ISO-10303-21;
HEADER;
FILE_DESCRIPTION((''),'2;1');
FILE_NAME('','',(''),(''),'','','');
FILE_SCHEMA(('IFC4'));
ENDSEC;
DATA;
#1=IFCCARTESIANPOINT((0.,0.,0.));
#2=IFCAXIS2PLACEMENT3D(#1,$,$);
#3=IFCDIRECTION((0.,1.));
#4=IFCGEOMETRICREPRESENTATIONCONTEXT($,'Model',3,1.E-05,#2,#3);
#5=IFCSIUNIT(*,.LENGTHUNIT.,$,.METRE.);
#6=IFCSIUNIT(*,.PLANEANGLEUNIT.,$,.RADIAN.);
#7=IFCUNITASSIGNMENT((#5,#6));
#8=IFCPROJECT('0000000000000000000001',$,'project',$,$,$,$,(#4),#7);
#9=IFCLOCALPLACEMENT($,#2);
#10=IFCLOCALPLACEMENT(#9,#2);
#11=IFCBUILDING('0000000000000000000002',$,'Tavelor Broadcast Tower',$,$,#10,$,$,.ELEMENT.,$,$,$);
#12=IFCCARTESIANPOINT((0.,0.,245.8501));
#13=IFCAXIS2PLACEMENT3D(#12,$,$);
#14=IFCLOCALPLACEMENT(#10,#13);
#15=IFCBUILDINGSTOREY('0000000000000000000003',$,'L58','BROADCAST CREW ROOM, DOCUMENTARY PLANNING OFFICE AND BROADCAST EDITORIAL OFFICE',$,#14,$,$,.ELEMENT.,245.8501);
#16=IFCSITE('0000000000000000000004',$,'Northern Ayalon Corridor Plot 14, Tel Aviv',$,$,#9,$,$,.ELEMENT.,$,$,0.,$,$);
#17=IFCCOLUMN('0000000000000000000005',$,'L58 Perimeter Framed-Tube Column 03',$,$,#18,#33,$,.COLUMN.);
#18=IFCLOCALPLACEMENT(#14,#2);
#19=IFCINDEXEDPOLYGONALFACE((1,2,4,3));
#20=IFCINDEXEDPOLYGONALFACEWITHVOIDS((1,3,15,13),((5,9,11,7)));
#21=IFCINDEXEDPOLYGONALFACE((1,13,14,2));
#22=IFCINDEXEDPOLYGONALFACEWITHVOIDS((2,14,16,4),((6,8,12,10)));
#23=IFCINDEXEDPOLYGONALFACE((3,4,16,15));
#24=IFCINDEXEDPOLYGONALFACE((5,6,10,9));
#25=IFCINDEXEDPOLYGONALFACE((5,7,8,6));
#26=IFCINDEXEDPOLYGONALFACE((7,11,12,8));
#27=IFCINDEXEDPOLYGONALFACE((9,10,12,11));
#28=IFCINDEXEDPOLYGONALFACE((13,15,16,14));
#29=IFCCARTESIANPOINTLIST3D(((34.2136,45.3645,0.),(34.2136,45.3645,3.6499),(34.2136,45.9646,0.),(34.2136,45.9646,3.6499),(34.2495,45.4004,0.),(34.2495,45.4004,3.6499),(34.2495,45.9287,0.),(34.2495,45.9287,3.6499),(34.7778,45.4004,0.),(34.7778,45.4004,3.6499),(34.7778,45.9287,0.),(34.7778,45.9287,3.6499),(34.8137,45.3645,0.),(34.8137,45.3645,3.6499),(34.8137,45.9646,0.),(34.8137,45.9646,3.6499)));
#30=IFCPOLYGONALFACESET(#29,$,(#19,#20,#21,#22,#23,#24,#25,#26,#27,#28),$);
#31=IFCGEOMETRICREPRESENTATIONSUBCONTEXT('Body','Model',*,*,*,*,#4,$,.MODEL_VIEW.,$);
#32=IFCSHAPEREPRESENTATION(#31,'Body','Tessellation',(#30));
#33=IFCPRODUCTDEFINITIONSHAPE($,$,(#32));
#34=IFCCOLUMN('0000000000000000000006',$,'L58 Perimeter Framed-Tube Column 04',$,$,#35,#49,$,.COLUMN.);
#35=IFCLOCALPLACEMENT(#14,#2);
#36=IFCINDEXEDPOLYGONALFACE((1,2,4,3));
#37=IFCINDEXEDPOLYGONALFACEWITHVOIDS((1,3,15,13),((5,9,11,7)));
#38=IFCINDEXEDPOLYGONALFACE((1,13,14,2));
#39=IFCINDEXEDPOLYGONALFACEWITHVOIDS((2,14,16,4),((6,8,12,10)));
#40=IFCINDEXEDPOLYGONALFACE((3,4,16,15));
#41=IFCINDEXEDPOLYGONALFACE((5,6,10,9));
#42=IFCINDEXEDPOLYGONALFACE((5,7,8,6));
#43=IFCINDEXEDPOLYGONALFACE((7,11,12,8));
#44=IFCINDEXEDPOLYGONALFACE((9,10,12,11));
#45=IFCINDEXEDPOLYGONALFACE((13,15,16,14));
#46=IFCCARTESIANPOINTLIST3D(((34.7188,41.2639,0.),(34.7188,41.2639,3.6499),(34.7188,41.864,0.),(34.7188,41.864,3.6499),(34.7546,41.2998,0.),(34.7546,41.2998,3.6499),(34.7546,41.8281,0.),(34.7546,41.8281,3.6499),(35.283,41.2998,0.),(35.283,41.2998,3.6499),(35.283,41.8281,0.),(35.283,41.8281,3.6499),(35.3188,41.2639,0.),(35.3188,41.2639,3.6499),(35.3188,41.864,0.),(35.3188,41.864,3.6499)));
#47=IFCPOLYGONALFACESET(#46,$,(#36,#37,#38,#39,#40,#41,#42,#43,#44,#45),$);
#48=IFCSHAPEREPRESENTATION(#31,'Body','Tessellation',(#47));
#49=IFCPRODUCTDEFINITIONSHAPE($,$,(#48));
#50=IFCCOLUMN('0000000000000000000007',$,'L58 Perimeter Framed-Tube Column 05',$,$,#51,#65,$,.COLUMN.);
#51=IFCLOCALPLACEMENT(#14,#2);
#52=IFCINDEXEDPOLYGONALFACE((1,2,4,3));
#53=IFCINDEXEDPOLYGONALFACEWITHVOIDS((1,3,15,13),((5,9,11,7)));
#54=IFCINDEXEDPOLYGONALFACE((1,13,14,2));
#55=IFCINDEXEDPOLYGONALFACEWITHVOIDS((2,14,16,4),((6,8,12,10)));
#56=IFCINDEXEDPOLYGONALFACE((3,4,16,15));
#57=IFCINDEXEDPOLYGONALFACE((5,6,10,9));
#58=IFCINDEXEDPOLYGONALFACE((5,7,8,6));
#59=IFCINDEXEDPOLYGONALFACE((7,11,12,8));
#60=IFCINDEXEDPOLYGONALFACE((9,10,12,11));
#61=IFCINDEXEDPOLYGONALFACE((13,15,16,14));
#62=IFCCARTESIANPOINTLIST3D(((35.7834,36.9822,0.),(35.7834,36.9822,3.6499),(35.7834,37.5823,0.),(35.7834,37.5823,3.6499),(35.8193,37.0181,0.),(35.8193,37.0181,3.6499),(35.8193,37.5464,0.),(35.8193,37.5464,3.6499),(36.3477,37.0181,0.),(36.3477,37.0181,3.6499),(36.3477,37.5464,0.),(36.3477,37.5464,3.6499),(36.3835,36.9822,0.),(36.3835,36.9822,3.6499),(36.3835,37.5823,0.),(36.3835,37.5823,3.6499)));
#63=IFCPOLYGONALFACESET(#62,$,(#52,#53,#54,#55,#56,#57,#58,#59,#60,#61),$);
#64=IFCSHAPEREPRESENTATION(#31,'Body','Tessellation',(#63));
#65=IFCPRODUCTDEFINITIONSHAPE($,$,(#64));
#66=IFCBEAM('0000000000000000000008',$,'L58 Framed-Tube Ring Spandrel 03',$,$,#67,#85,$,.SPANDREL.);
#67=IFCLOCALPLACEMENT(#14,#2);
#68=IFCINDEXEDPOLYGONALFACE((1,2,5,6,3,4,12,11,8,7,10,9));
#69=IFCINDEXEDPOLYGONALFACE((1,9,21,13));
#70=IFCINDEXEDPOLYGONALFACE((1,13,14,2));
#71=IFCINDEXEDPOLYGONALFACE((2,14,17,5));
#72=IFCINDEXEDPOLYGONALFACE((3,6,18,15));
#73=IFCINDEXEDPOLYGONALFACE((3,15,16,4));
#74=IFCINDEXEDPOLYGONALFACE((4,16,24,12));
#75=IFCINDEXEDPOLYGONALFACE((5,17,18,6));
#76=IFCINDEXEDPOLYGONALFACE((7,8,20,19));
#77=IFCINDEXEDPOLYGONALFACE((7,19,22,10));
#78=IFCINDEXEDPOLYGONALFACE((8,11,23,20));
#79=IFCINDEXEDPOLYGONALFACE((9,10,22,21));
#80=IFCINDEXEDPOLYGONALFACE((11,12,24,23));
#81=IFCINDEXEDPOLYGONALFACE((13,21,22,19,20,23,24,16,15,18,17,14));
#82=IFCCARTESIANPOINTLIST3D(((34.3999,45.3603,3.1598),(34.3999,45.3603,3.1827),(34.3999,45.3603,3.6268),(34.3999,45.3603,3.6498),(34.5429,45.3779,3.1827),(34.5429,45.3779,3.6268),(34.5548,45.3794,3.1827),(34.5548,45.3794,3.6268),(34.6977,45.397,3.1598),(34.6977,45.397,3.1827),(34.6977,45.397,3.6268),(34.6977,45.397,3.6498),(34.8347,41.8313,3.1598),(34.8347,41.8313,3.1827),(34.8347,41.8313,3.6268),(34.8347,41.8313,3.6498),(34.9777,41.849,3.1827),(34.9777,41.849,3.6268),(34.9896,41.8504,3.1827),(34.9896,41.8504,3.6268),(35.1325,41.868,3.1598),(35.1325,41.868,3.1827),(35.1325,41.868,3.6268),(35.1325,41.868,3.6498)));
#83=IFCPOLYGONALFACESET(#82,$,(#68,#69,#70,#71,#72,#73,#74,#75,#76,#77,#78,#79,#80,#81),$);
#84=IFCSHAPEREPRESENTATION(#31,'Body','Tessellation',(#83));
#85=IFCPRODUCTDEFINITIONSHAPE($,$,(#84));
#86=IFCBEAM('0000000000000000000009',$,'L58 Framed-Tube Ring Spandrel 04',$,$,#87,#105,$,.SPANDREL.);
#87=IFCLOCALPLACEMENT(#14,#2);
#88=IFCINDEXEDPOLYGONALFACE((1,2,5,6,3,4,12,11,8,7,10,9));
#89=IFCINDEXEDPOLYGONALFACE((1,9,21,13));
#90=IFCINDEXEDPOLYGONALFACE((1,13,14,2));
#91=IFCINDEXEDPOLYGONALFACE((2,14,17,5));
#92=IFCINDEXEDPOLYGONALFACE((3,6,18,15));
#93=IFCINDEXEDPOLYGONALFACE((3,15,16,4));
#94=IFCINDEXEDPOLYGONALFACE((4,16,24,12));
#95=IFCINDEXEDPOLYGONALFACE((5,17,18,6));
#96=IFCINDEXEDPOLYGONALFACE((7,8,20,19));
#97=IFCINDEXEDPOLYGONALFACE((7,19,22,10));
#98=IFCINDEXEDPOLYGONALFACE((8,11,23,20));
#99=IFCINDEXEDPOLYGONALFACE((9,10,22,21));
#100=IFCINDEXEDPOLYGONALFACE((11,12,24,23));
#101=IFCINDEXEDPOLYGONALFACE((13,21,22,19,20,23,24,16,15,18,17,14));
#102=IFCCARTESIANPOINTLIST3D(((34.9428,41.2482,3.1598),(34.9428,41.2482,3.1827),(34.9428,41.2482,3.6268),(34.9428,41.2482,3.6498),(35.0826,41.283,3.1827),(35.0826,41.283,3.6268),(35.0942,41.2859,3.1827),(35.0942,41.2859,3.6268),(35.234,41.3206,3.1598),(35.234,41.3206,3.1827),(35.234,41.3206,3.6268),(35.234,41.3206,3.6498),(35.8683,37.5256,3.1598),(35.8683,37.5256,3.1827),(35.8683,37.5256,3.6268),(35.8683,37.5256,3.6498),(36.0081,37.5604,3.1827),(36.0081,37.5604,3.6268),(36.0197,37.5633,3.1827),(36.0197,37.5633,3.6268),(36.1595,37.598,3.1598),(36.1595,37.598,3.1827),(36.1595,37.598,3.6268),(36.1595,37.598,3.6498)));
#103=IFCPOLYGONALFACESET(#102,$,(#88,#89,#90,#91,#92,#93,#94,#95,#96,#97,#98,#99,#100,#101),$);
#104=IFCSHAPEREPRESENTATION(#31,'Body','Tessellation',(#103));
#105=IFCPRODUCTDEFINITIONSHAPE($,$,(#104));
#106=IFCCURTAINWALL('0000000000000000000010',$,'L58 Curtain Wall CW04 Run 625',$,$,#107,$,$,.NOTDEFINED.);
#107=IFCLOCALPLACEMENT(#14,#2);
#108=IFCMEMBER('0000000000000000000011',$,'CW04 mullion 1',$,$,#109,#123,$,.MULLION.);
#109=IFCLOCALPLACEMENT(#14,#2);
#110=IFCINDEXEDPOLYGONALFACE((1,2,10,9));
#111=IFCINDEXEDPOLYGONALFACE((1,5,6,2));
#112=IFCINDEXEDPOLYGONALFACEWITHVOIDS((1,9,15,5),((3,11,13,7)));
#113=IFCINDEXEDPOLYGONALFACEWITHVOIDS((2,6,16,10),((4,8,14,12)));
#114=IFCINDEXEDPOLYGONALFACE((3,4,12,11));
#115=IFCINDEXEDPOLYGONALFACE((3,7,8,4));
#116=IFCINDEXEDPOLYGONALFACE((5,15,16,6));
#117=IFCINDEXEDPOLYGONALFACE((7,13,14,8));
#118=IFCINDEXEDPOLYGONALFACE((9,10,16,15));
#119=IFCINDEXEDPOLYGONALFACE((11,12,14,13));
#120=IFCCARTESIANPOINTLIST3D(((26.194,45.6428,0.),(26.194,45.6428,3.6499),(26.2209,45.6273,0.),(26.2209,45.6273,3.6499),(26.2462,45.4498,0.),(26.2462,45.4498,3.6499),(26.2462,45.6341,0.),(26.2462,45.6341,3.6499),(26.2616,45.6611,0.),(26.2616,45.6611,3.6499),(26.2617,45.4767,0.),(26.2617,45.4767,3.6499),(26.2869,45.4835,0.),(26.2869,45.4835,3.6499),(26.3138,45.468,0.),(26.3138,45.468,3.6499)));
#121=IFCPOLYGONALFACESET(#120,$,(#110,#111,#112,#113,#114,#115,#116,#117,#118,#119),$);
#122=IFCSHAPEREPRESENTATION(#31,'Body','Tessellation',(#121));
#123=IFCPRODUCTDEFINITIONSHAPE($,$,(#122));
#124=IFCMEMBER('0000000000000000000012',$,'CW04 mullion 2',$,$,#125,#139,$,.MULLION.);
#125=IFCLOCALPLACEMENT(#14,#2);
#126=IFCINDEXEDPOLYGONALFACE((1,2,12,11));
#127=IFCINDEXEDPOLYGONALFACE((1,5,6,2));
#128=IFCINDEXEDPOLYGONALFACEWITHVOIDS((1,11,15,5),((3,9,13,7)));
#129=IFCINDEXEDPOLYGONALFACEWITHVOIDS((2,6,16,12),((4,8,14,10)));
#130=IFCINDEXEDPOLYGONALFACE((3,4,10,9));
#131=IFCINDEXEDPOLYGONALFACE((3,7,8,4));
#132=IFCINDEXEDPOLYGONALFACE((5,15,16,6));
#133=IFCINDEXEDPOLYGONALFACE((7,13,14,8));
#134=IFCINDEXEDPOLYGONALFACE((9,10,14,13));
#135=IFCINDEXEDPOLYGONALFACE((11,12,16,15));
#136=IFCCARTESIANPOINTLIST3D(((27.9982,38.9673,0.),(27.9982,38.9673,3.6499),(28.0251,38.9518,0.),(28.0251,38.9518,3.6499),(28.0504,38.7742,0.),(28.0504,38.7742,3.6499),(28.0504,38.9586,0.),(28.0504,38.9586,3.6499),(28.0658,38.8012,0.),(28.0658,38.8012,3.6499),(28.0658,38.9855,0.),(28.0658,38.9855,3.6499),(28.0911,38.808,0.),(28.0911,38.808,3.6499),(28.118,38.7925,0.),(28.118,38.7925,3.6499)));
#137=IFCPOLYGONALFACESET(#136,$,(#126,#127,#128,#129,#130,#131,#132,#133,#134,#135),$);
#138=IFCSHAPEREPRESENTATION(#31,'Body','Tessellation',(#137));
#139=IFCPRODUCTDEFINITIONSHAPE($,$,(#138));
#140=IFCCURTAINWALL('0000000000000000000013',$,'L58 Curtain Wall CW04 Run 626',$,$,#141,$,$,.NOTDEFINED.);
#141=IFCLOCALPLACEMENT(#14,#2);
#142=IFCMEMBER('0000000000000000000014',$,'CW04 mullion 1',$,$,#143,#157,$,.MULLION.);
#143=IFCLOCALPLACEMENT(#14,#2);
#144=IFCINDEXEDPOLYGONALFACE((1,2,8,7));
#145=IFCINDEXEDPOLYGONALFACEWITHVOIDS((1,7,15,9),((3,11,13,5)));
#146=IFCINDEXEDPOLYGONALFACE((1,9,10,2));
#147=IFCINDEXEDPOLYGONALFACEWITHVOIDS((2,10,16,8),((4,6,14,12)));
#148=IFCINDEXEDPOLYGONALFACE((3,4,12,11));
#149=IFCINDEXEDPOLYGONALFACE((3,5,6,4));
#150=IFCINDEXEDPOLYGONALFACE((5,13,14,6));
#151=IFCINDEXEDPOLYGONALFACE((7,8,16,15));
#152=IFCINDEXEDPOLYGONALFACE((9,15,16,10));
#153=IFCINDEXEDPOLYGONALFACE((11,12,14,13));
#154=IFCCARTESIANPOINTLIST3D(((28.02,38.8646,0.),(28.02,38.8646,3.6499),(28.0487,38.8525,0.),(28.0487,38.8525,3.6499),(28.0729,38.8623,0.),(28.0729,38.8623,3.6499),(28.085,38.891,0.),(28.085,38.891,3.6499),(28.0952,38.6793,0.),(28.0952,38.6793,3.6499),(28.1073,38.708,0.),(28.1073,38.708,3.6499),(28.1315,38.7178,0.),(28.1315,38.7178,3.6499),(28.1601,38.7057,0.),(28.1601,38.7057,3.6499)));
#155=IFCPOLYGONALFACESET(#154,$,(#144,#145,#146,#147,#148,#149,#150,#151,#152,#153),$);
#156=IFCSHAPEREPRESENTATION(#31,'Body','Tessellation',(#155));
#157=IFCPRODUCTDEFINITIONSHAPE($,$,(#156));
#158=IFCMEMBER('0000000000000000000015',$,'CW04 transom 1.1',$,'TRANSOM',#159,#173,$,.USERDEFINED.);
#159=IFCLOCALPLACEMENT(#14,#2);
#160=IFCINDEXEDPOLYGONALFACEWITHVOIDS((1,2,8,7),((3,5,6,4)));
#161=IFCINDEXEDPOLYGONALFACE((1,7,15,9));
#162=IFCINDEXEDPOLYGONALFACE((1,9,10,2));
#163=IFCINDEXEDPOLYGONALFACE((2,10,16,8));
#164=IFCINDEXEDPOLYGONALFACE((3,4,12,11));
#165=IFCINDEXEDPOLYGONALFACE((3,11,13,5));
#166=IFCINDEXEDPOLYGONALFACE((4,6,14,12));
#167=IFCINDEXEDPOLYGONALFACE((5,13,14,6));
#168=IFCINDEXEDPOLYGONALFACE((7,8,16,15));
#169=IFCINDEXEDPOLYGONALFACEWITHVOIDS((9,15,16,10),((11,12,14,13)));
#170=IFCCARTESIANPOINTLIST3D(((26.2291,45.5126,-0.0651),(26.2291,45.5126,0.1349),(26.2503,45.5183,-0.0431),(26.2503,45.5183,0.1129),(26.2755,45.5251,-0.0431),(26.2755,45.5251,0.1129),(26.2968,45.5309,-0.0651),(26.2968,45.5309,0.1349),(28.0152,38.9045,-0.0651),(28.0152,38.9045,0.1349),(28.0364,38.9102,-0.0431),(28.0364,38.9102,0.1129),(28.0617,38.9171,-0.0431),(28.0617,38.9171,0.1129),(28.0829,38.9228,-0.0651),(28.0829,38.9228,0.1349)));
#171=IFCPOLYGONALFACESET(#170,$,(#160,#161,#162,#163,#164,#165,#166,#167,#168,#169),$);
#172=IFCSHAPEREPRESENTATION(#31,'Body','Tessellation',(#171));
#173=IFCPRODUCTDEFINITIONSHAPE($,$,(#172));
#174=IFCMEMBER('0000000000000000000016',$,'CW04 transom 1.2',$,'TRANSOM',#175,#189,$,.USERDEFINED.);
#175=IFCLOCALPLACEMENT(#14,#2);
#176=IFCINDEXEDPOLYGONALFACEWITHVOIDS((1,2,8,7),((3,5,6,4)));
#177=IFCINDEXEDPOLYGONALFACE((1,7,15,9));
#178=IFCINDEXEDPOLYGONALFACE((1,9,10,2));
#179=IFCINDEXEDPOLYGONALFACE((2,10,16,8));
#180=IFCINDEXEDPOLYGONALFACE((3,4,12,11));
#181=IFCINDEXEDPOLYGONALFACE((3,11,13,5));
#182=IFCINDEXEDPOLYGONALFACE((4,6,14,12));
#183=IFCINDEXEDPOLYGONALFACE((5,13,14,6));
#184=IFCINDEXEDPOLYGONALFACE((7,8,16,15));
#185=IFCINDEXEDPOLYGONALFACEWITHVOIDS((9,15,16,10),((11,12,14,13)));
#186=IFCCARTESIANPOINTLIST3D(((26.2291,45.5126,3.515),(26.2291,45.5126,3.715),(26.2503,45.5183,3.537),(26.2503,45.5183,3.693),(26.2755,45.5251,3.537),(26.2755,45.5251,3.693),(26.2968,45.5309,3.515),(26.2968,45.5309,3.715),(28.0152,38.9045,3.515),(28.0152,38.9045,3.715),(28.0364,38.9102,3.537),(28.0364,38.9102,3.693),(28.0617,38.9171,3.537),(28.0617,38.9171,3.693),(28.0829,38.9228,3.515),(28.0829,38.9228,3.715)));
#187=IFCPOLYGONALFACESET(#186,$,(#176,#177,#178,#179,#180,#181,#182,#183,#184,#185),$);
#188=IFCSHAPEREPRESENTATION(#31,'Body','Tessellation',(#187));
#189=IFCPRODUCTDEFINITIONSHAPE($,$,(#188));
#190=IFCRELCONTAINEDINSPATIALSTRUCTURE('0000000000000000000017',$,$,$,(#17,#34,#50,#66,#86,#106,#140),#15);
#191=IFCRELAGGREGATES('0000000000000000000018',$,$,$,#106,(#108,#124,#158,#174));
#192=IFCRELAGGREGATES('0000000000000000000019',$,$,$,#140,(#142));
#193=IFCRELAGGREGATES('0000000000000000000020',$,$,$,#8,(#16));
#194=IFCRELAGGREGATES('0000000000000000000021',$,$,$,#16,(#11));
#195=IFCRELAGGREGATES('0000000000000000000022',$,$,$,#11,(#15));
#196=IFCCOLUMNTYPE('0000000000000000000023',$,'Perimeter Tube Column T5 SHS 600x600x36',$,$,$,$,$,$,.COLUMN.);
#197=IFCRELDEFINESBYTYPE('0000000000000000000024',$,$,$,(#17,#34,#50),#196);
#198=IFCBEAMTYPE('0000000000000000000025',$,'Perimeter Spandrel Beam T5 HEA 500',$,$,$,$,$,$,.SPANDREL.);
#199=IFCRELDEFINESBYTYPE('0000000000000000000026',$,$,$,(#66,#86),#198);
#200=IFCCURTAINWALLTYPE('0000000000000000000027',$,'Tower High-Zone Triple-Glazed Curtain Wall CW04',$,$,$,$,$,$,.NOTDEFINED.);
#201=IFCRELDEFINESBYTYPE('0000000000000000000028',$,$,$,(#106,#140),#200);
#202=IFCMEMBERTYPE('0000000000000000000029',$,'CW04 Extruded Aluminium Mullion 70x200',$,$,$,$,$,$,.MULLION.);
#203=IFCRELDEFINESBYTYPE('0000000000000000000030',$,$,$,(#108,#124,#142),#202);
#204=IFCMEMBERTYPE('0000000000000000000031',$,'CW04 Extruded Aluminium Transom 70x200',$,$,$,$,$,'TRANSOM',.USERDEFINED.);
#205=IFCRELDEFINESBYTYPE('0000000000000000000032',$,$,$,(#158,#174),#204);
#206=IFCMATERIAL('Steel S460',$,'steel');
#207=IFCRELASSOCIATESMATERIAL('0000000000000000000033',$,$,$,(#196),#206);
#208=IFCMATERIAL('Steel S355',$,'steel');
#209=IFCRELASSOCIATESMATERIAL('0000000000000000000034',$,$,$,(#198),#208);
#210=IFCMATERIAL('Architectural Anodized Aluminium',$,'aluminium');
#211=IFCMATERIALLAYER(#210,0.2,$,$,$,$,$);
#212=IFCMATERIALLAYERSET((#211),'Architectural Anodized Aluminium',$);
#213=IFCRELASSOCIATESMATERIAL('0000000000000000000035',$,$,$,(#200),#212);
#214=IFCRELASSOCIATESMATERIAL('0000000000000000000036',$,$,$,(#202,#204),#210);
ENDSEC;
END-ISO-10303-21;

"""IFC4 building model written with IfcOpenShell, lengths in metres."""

from ifc_helpers import new_model, si_unit, direction, frame, origin, origin_2d, place, context, subcontext, project, spatial, hollow_rectangle, i_section, extrude, source, transform, mapped, material, layer, layer_set, material_profile, profile_set, type_object, type_shapes, element, aggregate, save


model = new_model("IFC4")

# Units and contexts
model_context = context("Model", 3, precision=1e-05, world=origin(), true_north=direction((0.0, 1.0)))
body_context = subcontext(model_context, "Body", "Model", "MODEL_VIEW")
ifc_project = project(units=[si_unit("LENGTHUNIT", "METRE"), si_unit("PLANEANGLEUNIT", "RADIAN")], contexts=[model_context])

# Site, building, storey
site_placement = place(None, origin())
site = spatial("IfcSite", under=ifc_project, at=site_placement, Name="Northern Ayalon Corridor Plot 14, Tel Aviv", CompositionType="ELEMENT", RefElevation=0.0)
building_placement = place(site_placement, origin())
building = spatial("IfcBuilding", under=site, at=building_placement, Name="Tavelor Broadcast Tower", CompositionType="ELEMENT")
storey_placement = place(building_placement, frame((0.0, 0.0, 245.8501)))
storey = spatial("IfcBuildingStorey", under=building, at=storey_placement, Name="L58", Description="BROADCAST CREW ROOM, DOCUMENTARY PLANNING OFFICE AND BROADCAST EDITORIAL OFFICE", CompositionType="ELEMENT", Elevation=245.8501)

# Columns
ifc_material_1 = material(Name="Steel S460", Category="steel")
ifc_material_profile_1 = material_profile(ifc_material_1, hollow_rectangle(XDim=0.6001, YDim=0.6001, WallThickness=0.0359, at=origin_2d()), Name="SHS 600x600x36")
ifc_profile_set_1 = profile_set([ifc_material_profile_1], Name="Steel S460")
column_type = type_object("IfcColumnType", Name="Perimeter Tube Column T5 SHS 600x600x36", PredefinedType="COLUMN", material=ifc_profile_set_1)
for number, where, z_axis, x_axis, name in (
    (1, (34.5137, 45.6646, 0.0), (0.0, 0.0, 1.0), (1.0, 0.0, 0.0), "L58 Perimeter Framed-Tube Column 03"),
    (2, (35.0188, 41.564, 0.0), (0.0, 0.0, 1.0), (1.0, 0.0, 0.0), "L58 Perimeter Framed-Tube Column 04"),
    (3, (36.0835, 37.2822, 0.0), (0.0, 0.0, 1.0), (1.0, 0.0, 0.0), "L58 Perimeter Framed-Tube Column 05"),
):
    element("IfcColumn", number, at=place(storey_placement, frame(where, z_axis=z_axis, x_axis=x_axis)), inside=storey, type_object=column_type, Name=name, PredefinedType="COLUMN", context=body_context, shape_type="SweptSolid", body=[
        extrude(hollow_rectangle(XDim=0.6001, YDim=0.6001, WallThickness=0.0359, at=origin_2d()), origin(), (0.0, 0.0, 1.0), 3.6499),
    ])

# Beams
ifc_material_2 = material(Name="Steel S355", Category="steel")
ifc_material_profile_2 = material_profile(ifc_material_2, i_section(OverallWidth=0.3, OverallDepth=0.49, WebThickness=0.012, FlangeThickness=0.0229, at=origin_2d()), Name="HEA 500")
ifc_profile_set_2 = profile_set([ifc_material_profile_2], Name="Steel S355")
beam_type = type_object("IfcBeamType", Name="Perimeter Spandrel Beam T5 HEA 500", PredefinedType="SPANDREL", material=ifc_profile_set_2)
beam_1_placement = place(storey_placement, frame((34.5488, 45.3787, 3.4048), z_axis=(0.122285, -0.992495, 0.0), x_axis=(0.992495, 0.122285, 0.0)))
element("IfcBeam", 4, at=beam_1_placement, inside=storey, type_object=beam_type, Name="L58 Framed-Tube Ring Spandrel 03", PredefinedType="SPANDREL", context=body_context, shape_type="SweptSolid", body=[
    extrude(i_section(OverallWidth=0.3, OverallDepth=0.49, WebThickness=0.012, FlangeThickness=0.0229, at=origin_2d()), origin(), (0.0, 0.0, 1.0), 3.5557),
])
beam_2_placement = place(storey_placement, frame((35.0884, 41.2844, 3.4048), z_axis=(0.241278, -0.970456, 0.0), x_axis=(0.970456, 0.241278, 0.0)))
element("IfcBeam", 5, at=beam_2_placement, inside=storey, type_object=beam_type, Name="L58 Framed-Tube Ring Spandrel 04", PredefinedType="SPANDREL", context=body_context, shape_type="SweptSolid", body=[
    extrude(i_section(OverallWidth=0.3, OverallDepth=0.49, WebThickness=0.012, FlangeThickness=0.0229, at=origin_2d()), origin(), (0.0, 0.0, 1.0), 3.8359),
])

# Curtain wall, members
ifc_material_3 = material(Name="Architectural Anodized Aluminium", Category="aluminium")
ifc_layer_1 = layer(ifc_material_3, 0.2)
ifc_layer_set_1 = layer_set([ifc_layer_1], Name="Architectural Anodized Aluminium")
curtain_wall_type = type_object("IfcCurtainWallType", Name="Tower High-Zone Triple-Glazed Curtain Wall CW04", PredefinedType="NOTDEFINED", material=ifc_layer_set_1)
curtain_wall_1_placement = place(storey_placement, origin())
curtain_wall_1 = element("IfcCurtainWall", 6, at=curtain_wall_1_placement, inside=storey, type_object=curtain_wall_type, Name="L58 Curtain Wall CW04 Run 625", PredefinedType="NOTDEFINED")
ifc_material_profile_3 = material_profile(ifc_material_3, hollow_rectangle(XDim=0.0701, YDim=0.2, WallThickness=0.022, at=origin_2d()), Name="RHS 70x200x22")
ifc_profile_set_3 = profile_set([ifc_material_profile_3], Name="Architectural Anodized Aluminium")
member_type_1 = type_object("IfcMemberType", Name="CW04 Extruded Aluminium Mullion 70x200", PredefinedType="MULLION", material=ifc_profile_set_3)
shared_shape_1 = source(origin(), body_context, "Body", "SweptSolid", [
    extrude(hollow_rectangle(XDim=0.0701, YDim=0.2, WallThickness=0.022, at=origin_2d()), origin(), (0.0, 0.0, 1.0), 3.6499),
])
type_shapes(member_type_1, [shared_shape_1])
member_1_placement = place(storey_placement, frame((26.2539, 45.5554, 0.0), z_axis=(0.0, 0.0, 1.0), x_axis=(0.965359, 0.260924, 0.0)))
member_1 = element("IfcMember", 7, at=member_1_placement, type_object=member_type_1, Name="CW04 mullion 1", PredefinedType="MULLION", context=body_context, shape_type="MappedRepresentation", body=[
    mapped(shared_shape_1, transform((0.0, 0.0, 0.0), scale=1.0)),
])
member_2_placement = place(storey_placement, frame((28.0581, 38.8799, 0.0), z_axis=(0.0, 0.0, 1.0), x_axis=(0.965359, 0.260924, 0.0)))
member_2 = element("IfcMember", 8, at=member_2_placement, type_object=member_type_1, Name="CW04 mullion 2", PredefinedType="MULLION", context=body_context, shape_type="MappedRepresentation", body=[
    mapped(shared_shape_1, transform((0.0, 0.0, 0.0), scale=1.0)),
])

# Curtain wall, member
curtain_wall_2_placement = place(storey_placement, origin())
curtain_wall_2 = element("IfcCurtainWall", 9, at=curtain_wall_2_placement, inside=storey, type_object=curtain_wall_type, Name="L58 Curtain Wall CW04 Run 626", PredefinedType="NOTDEFINED")
member_3_placement = place(storey_placement, frame((28.0901, 38.7852, 0.0), z_axis=(0.0, 0.0, 1.0), x_axis=(0.926692, 0.375822, 0.0)))
member_3 = element("IfcMember", 10, at=member_3_placement, type_object=member_type_1, Name="CW04 mullion 1", PredefinedType="MULLION", context=body_context, shape_type="MappedRepresentation", body=[
    mapped(shared_shape_1, transform((0.0, 0.0, 0.0), scale=1.0)),
])

# Members
ifc_material_profile_4 = material_profile(ifc_material_3, hollow_rectangle(XDim=0.0701, YDim=0.2, WallThickness=0.022, at=origin_2d()), Name="RHS 70x200x22")
ifc_profile_set_4 = profile_set([ifc_material_profile_4], Name="Architectural Anodized Aluminium")
member_type_2 = type_object("IfcMemberType", Name="CW04 Extruded Aluminium Transom 70x200", ElementType="TRANSOM", PredefinedType="USERDEFINED", material=ifc_profile_set_4)
shared_shape_2 = source(origin(), body_context, "Body", "SweptSolid", [
    extrude(hollow_rectangle(XDim=0.0701, YDim=0.2, WallThickness=0.022, at=origin_2d()), origin(), (0.0, 0.0, 1.0), 6.8452),
])
member_4_placement = place(storey_placement, frame((26.2629, 45.5217, 0.0349), z_axis=(0.260929, -0.965358, 0.0), x_axis=(0.965358, 0.260929, 0.0)))
member_4 = element("IfcMember", 11, at=member_4_placement, type_object=member_type_2, Name="CW04 transom 1.1", ObjectType="TRANSOM", PredefinedType="USERDEFINED", context=body_context, shape_type="MappedRepresentation", body=[
    mapped(shared_shape_2, transform((0.0, 0.0, 0.0), scale=1.0)),
])
member_5_placement = place(storey_placement, frame((26.2629, 45.5217, 3.615), z_axis=(0.260929, -0.965358, 0.0), x_axis=(0.965358, 0.260929, 0.0)))
member_5 = element("IfcMember", 12, at=member_5_placement, type_object=member_type_2, Name="CW04 transom 1.2", ObjectType="TRANSOM", PredefinedType="USERDEFINED", context=body_context, shape_type="MappedRepresentation", body=[
    mapped(shared_shape_2, transform((0.0, 0.0, 0.0), scale=1.0)),
])

aggregate(curtain_wall_1, [member_1, member_2, member_4, member_5])
aggregate(curtain_wall_2, [member_3])

save(model, "model.ifc")
